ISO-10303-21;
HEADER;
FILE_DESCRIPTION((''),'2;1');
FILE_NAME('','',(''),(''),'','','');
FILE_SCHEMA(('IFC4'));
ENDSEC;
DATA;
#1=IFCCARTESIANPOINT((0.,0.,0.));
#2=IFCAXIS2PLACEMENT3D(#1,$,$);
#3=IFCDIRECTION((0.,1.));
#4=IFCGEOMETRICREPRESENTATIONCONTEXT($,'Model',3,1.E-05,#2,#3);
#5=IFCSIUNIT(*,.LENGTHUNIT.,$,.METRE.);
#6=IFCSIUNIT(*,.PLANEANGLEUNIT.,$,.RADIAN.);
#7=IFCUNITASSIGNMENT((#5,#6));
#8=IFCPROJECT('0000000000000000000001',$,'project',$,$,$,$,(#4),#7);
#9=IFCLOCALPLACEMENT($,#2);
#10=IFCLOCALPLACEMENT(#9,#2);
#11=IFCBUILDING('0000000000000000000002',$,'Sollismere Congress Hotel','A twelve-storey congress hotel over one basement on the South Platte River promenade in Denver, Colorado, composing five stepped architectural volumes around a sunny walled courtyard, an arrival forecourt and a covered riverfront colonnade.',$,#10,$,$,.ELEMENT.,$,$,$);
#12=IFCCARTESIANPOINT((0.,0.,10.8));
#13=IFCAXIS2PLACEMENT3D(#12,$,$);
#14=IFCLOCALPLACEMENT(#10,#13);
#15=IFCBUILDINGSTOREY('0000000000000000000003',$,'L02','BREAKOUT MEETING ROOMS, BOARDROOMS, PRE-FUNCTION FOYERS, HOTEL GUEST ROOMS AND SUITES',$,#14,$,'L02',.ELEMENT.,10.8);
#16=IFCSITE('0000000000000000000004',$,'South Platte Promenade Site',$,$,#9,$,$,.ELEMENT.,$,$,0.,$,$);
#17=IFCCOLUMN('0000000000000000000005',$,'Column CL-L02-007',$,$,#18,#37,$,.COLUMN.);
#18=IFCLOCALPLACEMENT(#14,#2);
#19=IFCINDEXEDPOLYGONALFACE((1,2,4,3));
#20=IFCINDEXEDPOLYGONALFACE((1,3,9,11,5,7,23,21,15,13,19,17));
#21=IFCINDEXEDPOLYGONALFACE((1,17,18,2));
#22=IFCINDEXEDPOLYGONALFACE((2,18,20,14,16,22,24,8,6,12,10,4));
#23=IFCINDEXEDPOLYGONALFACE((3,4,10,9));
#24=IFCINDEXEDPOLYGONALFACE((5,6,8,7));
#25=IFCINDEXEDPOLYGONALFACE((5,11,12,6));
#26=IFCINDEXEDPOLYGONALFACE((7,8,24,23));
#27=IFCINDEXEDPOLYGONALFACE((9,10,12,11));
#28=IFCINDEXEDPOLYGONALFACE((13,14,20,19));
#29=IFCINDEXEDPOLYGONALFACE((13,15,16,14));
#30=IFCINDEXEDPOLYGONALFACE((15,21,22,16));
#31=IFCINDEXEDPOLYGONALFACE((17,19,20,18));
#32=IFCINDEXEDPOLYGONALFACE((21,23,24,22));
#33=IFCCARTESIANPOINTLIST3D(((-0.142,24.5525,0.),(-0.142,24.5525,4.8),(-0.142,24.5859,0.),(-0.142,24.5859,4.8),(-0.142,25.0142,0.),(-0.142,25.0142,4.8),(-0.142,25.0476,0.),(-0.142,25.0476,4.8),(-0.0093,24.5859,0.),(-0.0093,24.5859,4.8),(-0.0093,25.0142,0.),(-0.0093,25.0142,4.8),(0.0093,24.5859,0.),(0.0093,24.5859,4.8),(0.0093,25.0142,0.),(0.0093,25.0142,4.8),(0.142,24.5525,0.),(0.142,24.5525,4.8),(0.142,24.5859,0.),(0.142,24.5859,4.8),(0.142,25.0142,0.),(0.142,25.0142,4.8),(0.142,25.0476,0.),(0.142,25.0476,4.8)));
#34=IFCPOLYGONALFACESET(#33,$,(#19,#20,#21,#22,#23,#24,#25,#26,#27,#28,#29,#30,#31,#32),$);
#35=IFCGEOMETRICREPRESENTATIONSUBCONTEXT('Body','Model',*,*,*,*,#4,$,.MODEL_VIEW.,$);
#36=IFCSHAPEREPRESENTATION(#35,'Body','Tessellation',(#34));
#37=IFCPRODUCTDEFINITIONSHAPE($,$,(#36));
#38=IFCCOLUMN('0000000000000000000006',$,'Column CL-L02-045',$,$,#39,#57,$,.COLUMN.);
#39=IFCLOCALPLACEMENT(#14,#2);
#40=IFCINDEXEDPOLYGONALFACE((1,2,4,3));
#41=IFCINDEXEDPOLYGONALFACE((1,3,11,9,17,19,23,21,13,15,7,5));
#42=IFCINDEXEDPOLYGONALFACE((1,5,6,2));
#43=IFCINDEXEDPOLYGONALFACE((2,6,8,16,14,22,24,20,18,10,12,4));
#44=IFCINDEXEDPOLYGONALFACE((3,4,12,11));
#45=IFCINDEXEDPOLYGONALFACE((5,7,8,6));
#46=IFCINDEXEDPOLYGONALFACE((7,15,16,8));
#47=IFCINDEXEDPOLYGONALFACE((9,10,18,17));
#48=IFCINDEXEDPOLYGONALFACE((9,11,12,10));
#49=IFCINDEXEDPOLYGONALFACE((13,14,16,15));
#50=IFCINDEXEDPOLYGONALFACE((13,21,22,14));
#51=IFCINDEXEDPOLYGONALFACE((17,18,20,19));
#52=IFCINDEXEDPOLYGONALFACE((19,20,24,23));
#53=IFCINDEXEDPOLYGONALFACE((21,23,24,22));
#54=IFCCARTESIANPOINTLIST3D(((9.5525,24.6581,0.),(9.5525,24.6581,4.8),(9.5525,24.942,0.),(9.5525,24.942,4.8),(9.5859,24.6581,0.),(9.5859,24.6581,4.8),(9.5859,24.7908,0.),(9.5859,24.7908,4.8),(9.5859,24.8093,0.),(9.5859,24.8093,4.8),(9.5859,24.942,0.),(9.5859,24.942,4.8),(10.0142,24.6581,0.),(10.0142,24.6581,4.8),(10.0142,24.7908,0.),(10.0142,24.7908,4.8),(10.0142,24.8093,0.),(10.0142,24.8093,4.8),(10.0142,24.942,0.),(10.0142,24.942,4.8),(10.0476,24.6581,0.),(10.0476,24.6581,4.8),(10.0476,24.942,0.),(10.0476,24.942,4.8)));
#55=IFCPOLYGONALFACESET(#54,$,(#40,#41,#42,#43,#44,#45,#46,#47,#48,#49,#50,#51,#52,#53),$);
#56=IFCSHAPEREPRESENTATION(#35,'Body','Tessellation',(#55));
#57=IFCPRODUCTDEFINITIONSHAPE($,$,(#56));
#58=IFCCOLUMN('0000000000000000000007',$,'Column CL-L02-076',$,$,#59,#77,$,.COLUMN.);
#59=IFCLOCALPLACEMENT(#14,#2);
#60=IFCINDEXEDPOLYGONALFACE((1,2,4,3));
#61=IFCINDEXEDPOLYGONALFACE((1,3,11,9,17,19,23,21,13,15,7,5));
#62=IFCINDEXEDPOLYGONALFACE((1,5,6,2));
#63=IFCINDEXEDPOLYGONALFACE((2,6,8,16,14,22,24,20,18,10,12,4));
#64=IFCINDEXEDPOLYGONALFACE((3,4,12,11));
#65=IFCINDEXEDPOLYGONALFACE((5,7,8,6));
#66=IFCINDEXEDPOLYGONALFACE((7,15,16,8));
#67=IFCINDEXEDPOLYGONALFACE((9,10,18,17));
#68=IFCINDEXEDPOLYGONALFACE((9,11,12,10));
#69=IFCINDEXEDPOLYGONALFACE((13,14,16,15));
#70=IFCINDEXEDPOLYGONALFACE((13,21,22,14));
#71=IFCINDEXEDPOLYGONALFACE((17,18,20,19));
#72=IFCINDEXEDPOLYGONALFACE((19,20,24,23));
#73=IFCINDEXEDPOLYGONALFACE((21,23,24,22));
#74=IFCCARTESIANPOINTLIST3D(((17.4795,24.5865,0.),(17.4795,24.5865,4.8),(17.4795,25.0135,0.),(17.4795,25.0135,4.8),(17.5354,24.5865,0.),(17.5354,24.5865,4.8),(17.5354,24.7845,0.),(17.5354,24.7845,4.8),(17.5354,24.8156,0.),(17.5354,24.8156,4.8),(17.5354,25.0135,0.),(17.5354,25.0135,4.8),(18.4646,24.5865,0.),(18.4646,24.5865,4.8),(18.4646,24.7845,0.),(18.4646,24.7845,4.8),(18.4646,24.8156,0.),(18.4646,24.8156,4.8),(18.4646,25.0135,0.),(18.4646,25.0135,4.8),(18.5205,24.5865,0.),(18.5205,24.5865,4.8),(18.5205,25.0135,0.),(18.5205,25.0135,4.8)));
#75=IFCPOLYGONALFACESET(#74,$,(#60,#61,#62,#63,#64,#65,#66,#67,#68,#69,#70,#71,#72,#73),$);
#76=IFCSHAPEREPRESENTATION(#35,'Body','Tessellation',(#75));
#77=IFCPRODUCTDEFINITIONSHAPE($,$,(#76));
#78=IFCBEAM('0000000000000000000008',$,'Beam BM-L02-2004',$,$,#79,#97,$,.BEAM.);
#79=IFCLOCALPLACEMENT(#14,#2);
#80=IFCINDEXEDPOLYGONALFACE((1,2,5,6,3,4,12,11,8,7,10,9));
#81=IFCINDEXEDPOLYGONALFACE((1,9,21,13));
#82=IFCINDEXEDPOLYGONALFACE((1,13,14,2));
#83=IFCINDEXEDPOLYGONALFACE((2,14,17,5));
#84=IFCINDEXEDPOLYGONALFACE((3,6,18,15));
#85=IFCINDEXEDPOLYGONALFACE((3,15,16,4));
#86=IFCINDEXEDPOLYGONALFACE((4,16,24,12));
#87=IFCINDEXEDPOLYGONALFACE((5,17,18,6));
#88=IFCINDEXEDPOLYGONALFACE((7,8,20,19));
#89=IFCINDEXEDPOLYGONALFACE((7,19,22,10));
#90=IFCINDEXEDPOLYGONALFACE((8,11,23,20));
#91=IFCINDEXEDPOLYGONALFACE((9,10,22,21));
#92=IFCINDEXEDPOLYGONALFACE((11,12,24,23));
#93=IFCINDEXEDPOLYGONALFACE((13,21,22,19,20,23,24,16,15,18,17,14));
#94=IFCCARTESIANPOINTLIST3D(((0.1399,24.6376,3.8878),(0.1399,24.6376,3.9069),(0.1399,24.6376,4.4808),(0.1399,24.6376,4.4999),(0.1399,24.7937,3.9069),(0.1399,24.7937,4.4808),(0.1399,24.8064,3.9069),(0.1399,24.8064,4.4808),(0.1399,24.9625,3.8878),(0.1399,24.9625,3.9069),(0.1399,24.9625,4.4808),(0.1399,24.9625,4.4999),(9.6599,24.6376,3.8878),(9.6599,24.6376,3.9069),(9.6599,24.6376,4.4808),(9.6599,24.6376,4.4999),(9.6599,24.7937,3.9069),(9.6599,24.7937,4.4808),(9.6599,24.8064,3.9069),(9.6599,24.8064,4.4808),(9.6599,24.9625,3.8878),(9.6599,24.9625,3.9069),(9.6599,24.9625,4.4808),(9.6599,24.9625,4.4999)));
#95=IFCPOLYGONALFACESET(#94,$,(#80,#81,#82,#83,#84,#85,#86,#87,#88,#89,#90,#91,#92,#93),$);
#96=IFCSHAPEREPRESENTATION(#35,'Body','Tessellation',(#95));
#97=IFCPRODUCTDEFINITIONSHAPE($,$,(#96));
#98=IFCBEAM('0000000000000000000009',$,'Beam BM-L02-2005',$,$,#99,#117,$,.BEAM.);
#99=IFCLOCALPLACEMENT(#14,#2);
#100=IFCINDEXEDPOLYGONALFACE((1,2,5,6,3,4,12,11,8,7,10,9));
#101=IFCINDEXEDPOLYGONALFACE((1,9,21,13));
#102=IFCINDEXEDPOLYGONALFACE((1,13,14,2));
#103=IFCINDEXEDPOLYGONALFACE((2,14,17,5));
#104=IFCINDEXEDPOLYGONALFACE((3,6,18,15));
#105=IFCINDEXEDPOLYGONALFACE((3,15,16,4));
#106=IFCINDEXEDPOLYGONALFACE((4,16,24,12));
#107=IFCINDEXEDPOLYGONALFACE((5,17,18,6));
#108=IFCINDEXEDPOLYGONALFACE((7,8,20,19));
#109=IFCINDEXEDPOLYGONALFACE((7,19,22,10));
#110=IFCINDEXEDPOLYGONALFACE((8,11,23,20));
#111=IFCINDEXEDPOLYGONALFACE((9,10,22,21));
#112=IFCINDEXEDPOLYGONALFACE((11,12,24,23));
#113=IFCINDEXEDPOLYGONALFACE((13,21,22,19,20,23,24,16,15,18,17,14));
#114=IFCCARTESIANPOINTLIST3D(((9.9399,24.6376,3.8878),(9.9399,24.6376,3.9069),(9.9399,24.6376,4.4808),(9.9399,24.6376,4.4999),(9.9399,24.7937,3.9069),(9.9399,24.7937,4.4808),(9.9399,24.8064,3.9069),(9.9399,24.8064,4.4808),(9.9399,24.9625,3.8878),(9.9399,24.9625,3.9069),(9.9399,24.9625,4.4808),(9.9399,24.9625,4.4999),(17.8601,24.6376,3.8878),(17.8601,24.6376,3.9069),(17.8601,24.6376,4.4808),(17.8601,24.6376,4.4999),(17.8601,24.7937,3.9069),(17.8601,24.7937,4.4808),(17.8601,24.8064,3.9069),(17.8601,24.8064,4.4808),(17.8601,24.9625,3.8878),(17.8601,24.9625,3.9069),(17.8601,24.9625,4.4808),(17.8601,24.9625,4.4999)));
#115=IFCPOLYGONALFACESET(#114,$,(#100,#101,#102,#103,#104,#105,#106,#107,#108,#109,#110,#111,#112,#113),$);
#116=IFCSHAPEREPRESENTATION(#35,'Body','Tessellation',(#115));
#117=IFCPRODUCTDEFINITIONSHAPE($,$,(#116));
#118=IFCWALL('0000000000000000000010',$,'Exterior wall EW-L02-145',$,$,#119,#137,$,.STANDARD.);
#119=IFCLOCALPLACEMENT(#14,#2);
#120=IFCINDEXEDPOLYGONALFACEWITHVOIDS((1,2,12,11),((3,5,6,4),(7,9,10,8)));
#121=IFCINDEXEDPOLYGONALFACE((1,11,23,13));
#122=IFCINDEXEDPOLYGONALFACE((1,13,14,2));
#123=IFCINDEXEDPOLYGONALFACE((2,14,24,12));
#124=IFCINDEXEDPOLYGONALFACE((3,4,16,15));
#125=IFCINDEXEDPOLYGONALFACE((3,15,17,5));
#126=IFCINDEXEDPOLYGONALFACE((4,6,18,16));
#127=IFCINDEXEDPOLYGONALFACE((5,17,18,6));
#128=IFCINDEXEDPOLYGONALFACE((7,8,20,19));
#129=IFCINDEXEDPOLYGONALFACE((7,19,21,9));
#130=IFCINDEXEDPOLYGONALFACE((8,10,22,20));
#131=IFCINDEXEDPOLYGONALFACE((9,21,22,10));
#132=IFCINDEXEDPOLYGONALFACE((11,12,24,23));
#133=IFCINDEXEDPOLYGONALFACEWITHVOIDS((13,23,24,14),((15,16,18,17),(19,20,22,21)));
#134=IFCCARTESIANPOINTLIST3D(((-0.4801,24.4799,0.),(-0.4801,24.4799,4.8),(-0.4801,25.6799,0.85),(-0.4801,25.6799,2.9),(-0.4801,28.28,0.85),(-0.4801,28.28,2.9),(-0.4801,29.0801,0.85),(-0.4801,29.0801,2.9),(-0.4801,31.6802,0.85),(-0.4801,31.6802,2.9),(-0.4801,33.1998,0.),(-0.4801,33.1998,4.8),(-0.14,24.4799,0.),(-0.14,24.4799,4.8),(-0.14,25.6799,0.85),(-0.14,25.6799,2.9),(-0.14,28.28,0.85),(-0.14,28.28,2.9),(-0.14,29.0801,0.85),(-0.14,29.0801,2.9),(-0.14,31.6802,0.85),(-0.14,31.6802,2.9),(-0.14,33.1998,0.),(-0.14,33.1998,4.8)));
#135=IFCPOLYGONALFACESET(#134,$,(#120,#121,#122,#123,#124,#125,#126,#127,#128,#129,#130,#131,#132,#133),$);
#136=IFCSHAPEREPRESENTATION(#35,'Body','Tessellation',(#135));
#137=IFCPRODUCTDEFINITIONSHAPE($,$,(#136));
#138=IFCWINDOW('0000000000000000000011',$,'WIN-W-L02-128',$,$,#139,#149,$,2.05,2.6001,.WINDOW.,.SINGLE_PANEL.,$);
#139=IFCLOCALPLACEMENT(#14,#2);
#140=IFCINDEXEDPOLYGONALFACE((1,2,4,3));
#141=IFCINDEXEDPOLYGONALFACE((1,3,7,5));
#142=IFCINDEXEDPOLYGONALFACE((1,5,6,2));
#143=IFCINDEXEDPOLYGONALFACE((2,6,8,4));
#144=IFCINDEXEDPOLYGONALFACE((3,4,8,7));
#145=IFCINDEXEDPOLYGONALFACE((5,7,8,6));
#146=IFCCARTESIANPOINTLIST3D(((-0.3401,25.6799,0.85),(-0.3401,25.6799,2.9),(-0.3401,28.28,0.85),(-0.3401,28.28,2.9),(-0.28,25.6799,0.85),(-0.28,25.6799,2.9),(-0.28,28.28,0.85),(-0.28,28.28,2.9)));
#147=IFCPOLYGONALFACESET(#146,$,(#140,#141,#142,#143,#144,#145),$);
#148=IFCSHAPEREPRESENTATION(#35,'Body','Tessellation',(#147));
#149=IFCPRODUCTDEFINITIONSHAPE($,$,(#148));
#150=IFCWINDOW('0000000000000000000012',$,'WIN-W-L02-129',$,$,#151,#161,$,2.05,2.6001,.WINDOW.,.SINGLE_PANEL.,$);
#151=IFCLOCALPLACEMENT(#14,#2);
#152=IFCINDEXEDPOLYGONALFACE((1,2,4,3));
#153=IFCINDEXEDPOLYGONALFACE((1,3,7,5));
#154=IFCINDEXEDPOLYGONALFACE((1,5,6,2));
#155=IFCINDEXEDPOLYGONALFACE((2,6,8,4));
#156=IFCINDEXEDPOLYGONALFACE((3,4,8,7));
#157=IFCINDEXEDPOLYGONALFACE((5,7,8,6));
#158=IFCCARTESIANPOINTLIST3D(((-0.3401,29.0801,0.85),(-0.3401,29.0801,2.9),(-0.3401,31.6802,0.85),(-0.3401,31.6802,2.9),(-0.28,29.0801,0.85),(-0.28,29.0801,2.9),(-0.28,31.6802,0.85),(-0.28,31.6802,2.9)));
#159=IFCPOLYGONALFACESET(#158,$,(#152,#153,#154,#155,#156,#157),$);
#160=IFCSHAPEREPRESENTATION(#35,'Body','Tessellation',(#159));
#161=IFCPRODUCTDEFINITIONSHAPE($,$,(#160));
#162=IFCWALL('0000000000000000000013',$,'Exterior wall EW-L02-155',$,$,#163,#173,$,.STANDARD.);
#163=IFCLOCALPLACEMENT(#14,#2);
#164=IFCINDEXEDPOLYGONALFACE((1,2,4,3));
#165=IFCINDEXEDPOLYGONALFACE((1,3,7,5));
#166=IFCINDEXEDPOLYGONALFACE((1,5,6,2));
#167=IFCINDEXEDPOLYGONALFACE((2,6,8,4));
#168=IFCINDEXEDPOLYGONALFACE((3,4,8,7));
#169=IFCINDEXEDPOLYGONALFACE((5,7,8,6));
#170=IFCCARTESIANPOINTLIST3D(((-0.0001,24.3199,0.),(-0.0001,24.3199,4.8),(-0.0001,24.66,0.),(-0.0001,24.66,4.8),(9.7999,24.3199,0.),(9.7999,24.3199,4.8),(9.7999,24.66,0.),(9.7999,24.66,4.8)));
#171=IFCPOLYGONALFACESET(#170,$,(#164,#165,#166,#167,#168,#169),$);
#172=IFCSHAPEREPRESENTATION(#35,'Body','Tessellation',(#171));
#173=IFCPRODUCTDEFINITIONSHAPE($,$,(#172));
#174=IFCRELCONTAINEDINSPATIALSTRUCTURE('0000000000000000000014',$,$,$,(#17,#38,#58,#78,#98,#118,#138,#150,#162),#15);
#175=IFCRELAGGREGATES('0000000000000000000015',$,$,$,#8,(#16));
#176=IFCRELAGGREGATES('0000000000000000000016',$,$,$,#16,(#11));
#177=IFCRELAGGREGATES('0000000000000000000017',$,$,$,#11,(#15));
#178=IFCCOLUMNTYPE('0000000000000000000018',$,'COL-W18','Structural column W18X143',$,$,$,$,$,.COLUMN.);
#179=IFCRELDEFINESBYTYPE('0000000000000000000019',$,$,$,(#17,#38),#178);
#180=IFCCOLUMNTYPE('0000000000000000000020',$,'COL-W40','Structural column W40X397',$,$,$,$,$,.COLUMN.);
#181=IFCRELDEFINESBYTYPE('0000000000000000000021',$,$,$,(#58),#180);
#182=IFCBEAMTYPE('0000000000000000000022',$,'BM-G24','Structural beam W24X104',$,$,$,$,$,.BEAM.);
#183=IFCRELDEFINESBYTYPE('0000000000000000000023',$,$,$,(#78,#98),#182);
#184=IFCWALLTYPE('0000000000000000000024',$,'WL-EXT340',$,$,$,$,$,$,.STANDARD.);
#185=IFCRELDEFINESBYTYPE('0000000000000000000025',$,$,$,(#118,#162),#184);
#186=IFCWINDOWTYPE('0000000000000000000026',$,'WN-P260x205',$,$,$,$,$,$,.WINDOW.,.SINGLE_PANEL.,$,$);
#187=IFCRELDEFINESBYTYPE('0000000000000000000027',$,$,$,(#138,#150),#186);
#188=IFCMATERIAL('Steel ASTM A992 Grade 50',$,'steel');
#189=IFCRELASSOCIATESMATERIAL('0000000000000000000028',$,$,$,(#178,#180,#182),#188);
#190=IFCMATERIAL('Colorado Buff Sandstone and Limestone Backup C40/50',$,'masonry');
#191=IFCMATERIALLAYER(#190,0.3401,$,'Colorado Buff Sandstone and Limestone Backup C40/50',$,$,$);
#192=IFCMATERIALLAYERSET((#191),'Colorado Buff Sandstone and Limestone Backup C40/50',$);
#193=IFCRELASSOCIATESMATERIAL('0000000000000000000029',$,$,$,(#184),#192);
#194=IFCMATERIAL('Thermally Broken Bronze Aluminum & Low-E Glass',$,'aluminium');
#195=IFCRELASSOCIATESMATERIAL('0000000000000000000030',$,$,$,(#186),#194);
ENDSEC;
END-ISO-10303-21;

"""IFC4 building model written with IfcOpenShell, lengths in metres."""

from ifc_helpers import new_model, si_unit, direction, frame, frame_2d, origin, origin_2d, place, context, subcontext, project, spatial, rectangle, i_section, extrude, material, layer, layer_set, material_profile, profile_set, type_object, element, fill, save


model = new_model("IFC4")

# Units and contexts
model_context = context("Model", 3, precision=1e-05, world=origin(), true_north=direction((0.0, 1.0)))
body_context = subcontext(model_context, "Body", "Model", "MODEL_VIEW")
ifc_project = project(units=[si_unit("LENGTHUNIT", "METRE"), si_unit("PLANEANGLEUNIT", "RADIAN")], contexts=[model_context])

# Site, building, storey
site_placement = place(None, origin())
site = spatial("IfcSite", under=ifc_project, at=site_placement, Name="South Platte Promenade Site", CompositionType="ELEMENT", RefElevation=0.0)
building_placement = place(site_placement, origin())
building = spatial("IfcBuilding", under=site, at=building_placement, Name="Sollismere Congress Hotel", Description="A twelve-storey congress hotel over one basement on the South Platte River promenade in Denver, Colorado, composing five stepped architectural volumes around a sunny walled courtyard, an arrival forecourt and a covered riverfront colonnade.", CompositionType="ELEMENT")
storey_placement = place(building_placement, frame((0.0, 0.0, 10.8)))
storey = spatial("IfcBuildingStorey", under=building, at=storey_placement, Name="L02", Description="BREAKOUT MEETING ROOMS, BOARDROOMS, PRE-FUNCTION FOYERS, HOTEL GUEST ROOMS AND SUITES", LongName="L02", CompositionType="ELEMENT", Elevation=10.8)

# Columns
ifc_material_1 = material(Name="Steel ASTM A992 Grade 50", Category="steel")
ifc_material_profile_1 = material_profile(ifc_material_1, i_section(OverallWidth=0.2839, OverallDepth=0.4951, WebThickness=0.0186, FlangeThickness=0.0334, at=origin_2d()), Name="W18X143")
ifc_profile_set_1 = profile_set([ifc_material_profile_1], Name="Steel ASTM A992 Grade 50")
column_type_1 = type_object("IfcColumnType", Name="COL-W18", Description="Structural column W18X143", PredefinedType="COLUMN", material=ifc_profile_set_1)
for number, where, z_axis, x_axis, name in (
    (1, (0.0, 24.8, 0.0), (0.0, 0.0, 1.0), (1.0, 0.0, 0.0), "Column CL-L02-007"),
    (2, (9.8, 24.8, 0.0), (0.0, 0.0, 1.0), (0.0, 1.0, 0.0), "Column CL-L02-045"),
):
    element("IfcColumn", number, at=place(storey_placement, frame(where, z_axis=z_axis, x_axis=x_axis)), inside=storey, type_object=column_type_1, Name=name, PredefinedType="COLUMN", context=body_context, shape_type="SweptSolid", body=[
        extrude(i_section(OverallWidth=0.2839, OverallDepth=0.4951, WebThickness=0.0186, FlangeThickness=0.0334, at=origin_2d()), origin(), (0.0, 0.0, 1.0), 4.8),
    ])
ifc_material_profile_2 = material_profile(ifc_material_1, i_section(OverallWidth=0.427, OverallDepth=1.041, WebThickness=0.031, FlangeThickness=0.0559, at=origin_2d()), Name="W40X397")
ifc_profile_set_2 = profile_set([ifc_material_profile_2], Name="Steel ASTM A992 Grade 50")
column_type_2 = type_object("IfcColumnType", Name="COL-W40", Description="Structural column W40X397", PredefinedType="COLUMN", material=ifc_profile_set_2)
column_placement = place(storey_placement, frame((18.0, 24.8, 0.0), z_axis=(0.0, 0.0, 1.0), x_axis=(0.0, 1.0, 0.0)))
element("IfcColumn", 3, at=column_placement, inside=storey, type_object=column_type_2, Name="Column CL-L02-076", PredefinedType="COLUMN", context=body_context, shape_type="SweptSolid", body=[
    extrude(i_section(OverallWidth=0.427, OverallDepth=1.041, WebThickness=0.031, FlangeThickness=0.0559, at=origin_2d()), origin(), (0.0, 0.0, 1.0), 4.8),
])

# Beams
ifc_material_profile_3 = material_profile(ifc_material_1, i_section(OverallWidth=0.325, OverallDepth=0.6121, WebThickness=0.0127, FlangeThickness=0.019, at=origin_2d()), Name="W24X104")
ifc_profile_set_3 = profile_set([ifc_material_profile_3], Name="Steel ASTM A992 Grade 50")
beam_type = type_object("IfcBeamType", Name="BM-G24", Description="Structural beam W24X104", PredefinedType="BEAM", material=ifc_profile_set_3)
beam_1_placement = place(storey_placement, frame((0.1399, 24.8, 4.1938), z_axis=(1.0, 0.0, 0.0), x_axis=(0.0, 1.0, 0.0)))
element("IfcBeam", 4, at=beam_1_placement, inside=storey, type_object=beam_type, Name="Beam BM-L02-2004", PredefinedType="BEAM", context=body_context, shape_type="SweptSolid", body=[
    extrude(i_section(OverallWidth=0.325, OverallDepth=0.6121, WebThickness=0.0127, FlangeThickness=0.019, at=origin_2d()), origin(), (0.0, 0.0, 1.0), 9.52),
])
beam_2_placement = place(storey_placement, frame((9.9399, 24.8, 4.1938), z_axis=(1.0, 0.0, 0.0), x_axis=(0.0, 1.0, 0.0)))
element("IfcBeam", 5, at=beam_2_placement, inside=storey, type_object=beam_type, Name="Beam BM-L02-2005", PredefinedType="BEAM", context=body_context, shape_type="SweptSolid", body=[
    extrude(i_section(OverallWidth=0.325, OverallDepth=0.6121, WebThickness=0.0127, FlangeThickness=0.019, at=origin_2d()), origin(), (0.0, 0.0, 1.0), 7.9202),
])

# Wall, openings, windows
ifc_material_2 = material(Name="Colorado Buff Sandstone and Limestone Backup C40/50", Category="masonry")
ifc_layer_1 = layer(ifc_material_2, 0.3401, Name="Colorado Buff Sandstone and Limestone Backup C40/50")
ifc_layer_set_1 = layer_set([ifc_layer_1], Name="Colorado Buff Sandstone and Limestone Backup C40/50")
wall_type_1 = type_object("IfcWallType", Name="WL-EXT340", PredefinedType="STANDARD", material=ifc_layer_set_1)
wall_1_placement = place(storey_placement, frame((-0.3101, 24.48, 0.0), z_axis=(0.0, 0.0, 1.0), x_axis=(0.0, 1.0, 0.0)))
wall_1 = element("IfcWall", 6, at=wall_1_placement, inside=storey, type_object=wall_type_1, Name="Exterior wall EW-L02-145", PredefinedType="STANDARD", context=body_context, shape_type="SweptSolid", body=[
    extrude(rectangle(XDim=8.72, YDim=0.3401, at=frame_2d((4.3599, 0.0))), origin(), (0.0, 0.0, 1.0), 4.8),
])
opening_1_placement = place(wall_1_placement, frame((1.2, 0.0, 0.8501)))
opening_1 = element("IfcOpeningElement", 7, at=opening_1_placement, cuts=wall_1, PredefinedType="OPENING", context=body_context, shape_type="SweptSolid", body=[
    extrude(rectangle(XDim=2.6001, YDim=2.05, at=frame_2d((1.3, 1.0249))), frame((0.0, 0.1799, 0.0), z_axis=(0.0, -1.0, 0.0), x_axis=(1.0, 0.0, 0.0)), (0.0, 0.0, 1.0), 0.3601),
])
opening_2_placement = place(wall_1_placement, frame((4.6001, 0.0, 0.8501)))
opening_2 = element("IfcOpeningElement", 8, at=opening_2_placement, cuts=wall_1, PredefinedType="OPENING", context=body_context, shape_type="SweptSolid", body=[
    extrude(rectangle(XDim=2.6001, YDim=2.05, at=frame_2d((1.3, 1.0249))), frame((0.0, 0.1799, 0.0), z_axis=(0.0, -1.0, 0.0), x_axis=(1.0, 0.0, 0.0)), (0.0, 0.0, 1.0), 0.3601),
])
ifc_material_3 = material(Name="Thermally Broken Bronze Aluminum & Low-E Glass", Category="aluminium")
window_type = type_object("IfcWindowType", Name="WN-P260x205", PartitioningType="SINGLE_PANEL", PredefinedType="WINDOW", material=ifc_material_3)
window_1_placement = place(opening_1_placement, origin())
window_1 = element("IfcWindow", 9, at=window_1_placement, inside=storey, type_object=window_type, Name="WIN-W-L02-128", OverallHeight=2.05, OverallWidth=2.6001, PartitioningType="SINGLE_PANEL", PredefinedType="WINDOW", context=body_context, shape_type="SweptSolid", body=[
    extrude(rectangle(XDim=2.6001, YDim=2.05, at=frame_2d((1.3, 1.0249))), frame((0.0, 0.03, 0.0), z_axis=(0.0, -1.0, 0.0), x_axis=(1.0, 0.0, 0.0)), (0.0, 0.0, 1.0), 0.0601),
])
fill(opening_1, window_1)
window_2_placement = place(opening_2_placement, origin())
window_2 = element("IfcWindow", 10, at=window_2_placement, inside=storey, type_object=window_type, Name="WIN-W-L02-129", OverallHeight=2.05, OverallWidth=2.6001, PartitioningType="SINGLE_PANEL", PredefinedType="WINDOW", context=body_context, shape_type="SweptSolid", body=[
    extrude(rectangle(XDim=2.6001, YDim=2.05, at=frame_2d((1.3, 1.0249))), frame((0.0, 0.03, 0.0), z_axis=(0.0, -1.0, 0.0), x_axis=(1.0, 0.0, 0.0)), (0.0, 0.0, 1.0), 0.0601),
])
fill(opening_2, window_2)

# Wall
wall_2_placement = place(storey_placement, frame((0.0, 24.49, 0.0), z_axis=(0.0, 0.0, 1.0), x_axis=(1.0, 0.0, 0.0)))
element("IfcWall", 11, at=wall_2_placement, inside=storey, type_object=wall_type_1, Name="Exterior wall EW-L02-155", PredefinedType="STANDARD", context=body_context, shape_type="SweptSolid", body=[
    extrude(rectangle(XDim=9.8, YDim=0.3401, at=frame_2d((4.8999, 0.0))), origin(), (0.0, 0.0, 1.0), 4.8),
])

save(model, "model.ifc")
